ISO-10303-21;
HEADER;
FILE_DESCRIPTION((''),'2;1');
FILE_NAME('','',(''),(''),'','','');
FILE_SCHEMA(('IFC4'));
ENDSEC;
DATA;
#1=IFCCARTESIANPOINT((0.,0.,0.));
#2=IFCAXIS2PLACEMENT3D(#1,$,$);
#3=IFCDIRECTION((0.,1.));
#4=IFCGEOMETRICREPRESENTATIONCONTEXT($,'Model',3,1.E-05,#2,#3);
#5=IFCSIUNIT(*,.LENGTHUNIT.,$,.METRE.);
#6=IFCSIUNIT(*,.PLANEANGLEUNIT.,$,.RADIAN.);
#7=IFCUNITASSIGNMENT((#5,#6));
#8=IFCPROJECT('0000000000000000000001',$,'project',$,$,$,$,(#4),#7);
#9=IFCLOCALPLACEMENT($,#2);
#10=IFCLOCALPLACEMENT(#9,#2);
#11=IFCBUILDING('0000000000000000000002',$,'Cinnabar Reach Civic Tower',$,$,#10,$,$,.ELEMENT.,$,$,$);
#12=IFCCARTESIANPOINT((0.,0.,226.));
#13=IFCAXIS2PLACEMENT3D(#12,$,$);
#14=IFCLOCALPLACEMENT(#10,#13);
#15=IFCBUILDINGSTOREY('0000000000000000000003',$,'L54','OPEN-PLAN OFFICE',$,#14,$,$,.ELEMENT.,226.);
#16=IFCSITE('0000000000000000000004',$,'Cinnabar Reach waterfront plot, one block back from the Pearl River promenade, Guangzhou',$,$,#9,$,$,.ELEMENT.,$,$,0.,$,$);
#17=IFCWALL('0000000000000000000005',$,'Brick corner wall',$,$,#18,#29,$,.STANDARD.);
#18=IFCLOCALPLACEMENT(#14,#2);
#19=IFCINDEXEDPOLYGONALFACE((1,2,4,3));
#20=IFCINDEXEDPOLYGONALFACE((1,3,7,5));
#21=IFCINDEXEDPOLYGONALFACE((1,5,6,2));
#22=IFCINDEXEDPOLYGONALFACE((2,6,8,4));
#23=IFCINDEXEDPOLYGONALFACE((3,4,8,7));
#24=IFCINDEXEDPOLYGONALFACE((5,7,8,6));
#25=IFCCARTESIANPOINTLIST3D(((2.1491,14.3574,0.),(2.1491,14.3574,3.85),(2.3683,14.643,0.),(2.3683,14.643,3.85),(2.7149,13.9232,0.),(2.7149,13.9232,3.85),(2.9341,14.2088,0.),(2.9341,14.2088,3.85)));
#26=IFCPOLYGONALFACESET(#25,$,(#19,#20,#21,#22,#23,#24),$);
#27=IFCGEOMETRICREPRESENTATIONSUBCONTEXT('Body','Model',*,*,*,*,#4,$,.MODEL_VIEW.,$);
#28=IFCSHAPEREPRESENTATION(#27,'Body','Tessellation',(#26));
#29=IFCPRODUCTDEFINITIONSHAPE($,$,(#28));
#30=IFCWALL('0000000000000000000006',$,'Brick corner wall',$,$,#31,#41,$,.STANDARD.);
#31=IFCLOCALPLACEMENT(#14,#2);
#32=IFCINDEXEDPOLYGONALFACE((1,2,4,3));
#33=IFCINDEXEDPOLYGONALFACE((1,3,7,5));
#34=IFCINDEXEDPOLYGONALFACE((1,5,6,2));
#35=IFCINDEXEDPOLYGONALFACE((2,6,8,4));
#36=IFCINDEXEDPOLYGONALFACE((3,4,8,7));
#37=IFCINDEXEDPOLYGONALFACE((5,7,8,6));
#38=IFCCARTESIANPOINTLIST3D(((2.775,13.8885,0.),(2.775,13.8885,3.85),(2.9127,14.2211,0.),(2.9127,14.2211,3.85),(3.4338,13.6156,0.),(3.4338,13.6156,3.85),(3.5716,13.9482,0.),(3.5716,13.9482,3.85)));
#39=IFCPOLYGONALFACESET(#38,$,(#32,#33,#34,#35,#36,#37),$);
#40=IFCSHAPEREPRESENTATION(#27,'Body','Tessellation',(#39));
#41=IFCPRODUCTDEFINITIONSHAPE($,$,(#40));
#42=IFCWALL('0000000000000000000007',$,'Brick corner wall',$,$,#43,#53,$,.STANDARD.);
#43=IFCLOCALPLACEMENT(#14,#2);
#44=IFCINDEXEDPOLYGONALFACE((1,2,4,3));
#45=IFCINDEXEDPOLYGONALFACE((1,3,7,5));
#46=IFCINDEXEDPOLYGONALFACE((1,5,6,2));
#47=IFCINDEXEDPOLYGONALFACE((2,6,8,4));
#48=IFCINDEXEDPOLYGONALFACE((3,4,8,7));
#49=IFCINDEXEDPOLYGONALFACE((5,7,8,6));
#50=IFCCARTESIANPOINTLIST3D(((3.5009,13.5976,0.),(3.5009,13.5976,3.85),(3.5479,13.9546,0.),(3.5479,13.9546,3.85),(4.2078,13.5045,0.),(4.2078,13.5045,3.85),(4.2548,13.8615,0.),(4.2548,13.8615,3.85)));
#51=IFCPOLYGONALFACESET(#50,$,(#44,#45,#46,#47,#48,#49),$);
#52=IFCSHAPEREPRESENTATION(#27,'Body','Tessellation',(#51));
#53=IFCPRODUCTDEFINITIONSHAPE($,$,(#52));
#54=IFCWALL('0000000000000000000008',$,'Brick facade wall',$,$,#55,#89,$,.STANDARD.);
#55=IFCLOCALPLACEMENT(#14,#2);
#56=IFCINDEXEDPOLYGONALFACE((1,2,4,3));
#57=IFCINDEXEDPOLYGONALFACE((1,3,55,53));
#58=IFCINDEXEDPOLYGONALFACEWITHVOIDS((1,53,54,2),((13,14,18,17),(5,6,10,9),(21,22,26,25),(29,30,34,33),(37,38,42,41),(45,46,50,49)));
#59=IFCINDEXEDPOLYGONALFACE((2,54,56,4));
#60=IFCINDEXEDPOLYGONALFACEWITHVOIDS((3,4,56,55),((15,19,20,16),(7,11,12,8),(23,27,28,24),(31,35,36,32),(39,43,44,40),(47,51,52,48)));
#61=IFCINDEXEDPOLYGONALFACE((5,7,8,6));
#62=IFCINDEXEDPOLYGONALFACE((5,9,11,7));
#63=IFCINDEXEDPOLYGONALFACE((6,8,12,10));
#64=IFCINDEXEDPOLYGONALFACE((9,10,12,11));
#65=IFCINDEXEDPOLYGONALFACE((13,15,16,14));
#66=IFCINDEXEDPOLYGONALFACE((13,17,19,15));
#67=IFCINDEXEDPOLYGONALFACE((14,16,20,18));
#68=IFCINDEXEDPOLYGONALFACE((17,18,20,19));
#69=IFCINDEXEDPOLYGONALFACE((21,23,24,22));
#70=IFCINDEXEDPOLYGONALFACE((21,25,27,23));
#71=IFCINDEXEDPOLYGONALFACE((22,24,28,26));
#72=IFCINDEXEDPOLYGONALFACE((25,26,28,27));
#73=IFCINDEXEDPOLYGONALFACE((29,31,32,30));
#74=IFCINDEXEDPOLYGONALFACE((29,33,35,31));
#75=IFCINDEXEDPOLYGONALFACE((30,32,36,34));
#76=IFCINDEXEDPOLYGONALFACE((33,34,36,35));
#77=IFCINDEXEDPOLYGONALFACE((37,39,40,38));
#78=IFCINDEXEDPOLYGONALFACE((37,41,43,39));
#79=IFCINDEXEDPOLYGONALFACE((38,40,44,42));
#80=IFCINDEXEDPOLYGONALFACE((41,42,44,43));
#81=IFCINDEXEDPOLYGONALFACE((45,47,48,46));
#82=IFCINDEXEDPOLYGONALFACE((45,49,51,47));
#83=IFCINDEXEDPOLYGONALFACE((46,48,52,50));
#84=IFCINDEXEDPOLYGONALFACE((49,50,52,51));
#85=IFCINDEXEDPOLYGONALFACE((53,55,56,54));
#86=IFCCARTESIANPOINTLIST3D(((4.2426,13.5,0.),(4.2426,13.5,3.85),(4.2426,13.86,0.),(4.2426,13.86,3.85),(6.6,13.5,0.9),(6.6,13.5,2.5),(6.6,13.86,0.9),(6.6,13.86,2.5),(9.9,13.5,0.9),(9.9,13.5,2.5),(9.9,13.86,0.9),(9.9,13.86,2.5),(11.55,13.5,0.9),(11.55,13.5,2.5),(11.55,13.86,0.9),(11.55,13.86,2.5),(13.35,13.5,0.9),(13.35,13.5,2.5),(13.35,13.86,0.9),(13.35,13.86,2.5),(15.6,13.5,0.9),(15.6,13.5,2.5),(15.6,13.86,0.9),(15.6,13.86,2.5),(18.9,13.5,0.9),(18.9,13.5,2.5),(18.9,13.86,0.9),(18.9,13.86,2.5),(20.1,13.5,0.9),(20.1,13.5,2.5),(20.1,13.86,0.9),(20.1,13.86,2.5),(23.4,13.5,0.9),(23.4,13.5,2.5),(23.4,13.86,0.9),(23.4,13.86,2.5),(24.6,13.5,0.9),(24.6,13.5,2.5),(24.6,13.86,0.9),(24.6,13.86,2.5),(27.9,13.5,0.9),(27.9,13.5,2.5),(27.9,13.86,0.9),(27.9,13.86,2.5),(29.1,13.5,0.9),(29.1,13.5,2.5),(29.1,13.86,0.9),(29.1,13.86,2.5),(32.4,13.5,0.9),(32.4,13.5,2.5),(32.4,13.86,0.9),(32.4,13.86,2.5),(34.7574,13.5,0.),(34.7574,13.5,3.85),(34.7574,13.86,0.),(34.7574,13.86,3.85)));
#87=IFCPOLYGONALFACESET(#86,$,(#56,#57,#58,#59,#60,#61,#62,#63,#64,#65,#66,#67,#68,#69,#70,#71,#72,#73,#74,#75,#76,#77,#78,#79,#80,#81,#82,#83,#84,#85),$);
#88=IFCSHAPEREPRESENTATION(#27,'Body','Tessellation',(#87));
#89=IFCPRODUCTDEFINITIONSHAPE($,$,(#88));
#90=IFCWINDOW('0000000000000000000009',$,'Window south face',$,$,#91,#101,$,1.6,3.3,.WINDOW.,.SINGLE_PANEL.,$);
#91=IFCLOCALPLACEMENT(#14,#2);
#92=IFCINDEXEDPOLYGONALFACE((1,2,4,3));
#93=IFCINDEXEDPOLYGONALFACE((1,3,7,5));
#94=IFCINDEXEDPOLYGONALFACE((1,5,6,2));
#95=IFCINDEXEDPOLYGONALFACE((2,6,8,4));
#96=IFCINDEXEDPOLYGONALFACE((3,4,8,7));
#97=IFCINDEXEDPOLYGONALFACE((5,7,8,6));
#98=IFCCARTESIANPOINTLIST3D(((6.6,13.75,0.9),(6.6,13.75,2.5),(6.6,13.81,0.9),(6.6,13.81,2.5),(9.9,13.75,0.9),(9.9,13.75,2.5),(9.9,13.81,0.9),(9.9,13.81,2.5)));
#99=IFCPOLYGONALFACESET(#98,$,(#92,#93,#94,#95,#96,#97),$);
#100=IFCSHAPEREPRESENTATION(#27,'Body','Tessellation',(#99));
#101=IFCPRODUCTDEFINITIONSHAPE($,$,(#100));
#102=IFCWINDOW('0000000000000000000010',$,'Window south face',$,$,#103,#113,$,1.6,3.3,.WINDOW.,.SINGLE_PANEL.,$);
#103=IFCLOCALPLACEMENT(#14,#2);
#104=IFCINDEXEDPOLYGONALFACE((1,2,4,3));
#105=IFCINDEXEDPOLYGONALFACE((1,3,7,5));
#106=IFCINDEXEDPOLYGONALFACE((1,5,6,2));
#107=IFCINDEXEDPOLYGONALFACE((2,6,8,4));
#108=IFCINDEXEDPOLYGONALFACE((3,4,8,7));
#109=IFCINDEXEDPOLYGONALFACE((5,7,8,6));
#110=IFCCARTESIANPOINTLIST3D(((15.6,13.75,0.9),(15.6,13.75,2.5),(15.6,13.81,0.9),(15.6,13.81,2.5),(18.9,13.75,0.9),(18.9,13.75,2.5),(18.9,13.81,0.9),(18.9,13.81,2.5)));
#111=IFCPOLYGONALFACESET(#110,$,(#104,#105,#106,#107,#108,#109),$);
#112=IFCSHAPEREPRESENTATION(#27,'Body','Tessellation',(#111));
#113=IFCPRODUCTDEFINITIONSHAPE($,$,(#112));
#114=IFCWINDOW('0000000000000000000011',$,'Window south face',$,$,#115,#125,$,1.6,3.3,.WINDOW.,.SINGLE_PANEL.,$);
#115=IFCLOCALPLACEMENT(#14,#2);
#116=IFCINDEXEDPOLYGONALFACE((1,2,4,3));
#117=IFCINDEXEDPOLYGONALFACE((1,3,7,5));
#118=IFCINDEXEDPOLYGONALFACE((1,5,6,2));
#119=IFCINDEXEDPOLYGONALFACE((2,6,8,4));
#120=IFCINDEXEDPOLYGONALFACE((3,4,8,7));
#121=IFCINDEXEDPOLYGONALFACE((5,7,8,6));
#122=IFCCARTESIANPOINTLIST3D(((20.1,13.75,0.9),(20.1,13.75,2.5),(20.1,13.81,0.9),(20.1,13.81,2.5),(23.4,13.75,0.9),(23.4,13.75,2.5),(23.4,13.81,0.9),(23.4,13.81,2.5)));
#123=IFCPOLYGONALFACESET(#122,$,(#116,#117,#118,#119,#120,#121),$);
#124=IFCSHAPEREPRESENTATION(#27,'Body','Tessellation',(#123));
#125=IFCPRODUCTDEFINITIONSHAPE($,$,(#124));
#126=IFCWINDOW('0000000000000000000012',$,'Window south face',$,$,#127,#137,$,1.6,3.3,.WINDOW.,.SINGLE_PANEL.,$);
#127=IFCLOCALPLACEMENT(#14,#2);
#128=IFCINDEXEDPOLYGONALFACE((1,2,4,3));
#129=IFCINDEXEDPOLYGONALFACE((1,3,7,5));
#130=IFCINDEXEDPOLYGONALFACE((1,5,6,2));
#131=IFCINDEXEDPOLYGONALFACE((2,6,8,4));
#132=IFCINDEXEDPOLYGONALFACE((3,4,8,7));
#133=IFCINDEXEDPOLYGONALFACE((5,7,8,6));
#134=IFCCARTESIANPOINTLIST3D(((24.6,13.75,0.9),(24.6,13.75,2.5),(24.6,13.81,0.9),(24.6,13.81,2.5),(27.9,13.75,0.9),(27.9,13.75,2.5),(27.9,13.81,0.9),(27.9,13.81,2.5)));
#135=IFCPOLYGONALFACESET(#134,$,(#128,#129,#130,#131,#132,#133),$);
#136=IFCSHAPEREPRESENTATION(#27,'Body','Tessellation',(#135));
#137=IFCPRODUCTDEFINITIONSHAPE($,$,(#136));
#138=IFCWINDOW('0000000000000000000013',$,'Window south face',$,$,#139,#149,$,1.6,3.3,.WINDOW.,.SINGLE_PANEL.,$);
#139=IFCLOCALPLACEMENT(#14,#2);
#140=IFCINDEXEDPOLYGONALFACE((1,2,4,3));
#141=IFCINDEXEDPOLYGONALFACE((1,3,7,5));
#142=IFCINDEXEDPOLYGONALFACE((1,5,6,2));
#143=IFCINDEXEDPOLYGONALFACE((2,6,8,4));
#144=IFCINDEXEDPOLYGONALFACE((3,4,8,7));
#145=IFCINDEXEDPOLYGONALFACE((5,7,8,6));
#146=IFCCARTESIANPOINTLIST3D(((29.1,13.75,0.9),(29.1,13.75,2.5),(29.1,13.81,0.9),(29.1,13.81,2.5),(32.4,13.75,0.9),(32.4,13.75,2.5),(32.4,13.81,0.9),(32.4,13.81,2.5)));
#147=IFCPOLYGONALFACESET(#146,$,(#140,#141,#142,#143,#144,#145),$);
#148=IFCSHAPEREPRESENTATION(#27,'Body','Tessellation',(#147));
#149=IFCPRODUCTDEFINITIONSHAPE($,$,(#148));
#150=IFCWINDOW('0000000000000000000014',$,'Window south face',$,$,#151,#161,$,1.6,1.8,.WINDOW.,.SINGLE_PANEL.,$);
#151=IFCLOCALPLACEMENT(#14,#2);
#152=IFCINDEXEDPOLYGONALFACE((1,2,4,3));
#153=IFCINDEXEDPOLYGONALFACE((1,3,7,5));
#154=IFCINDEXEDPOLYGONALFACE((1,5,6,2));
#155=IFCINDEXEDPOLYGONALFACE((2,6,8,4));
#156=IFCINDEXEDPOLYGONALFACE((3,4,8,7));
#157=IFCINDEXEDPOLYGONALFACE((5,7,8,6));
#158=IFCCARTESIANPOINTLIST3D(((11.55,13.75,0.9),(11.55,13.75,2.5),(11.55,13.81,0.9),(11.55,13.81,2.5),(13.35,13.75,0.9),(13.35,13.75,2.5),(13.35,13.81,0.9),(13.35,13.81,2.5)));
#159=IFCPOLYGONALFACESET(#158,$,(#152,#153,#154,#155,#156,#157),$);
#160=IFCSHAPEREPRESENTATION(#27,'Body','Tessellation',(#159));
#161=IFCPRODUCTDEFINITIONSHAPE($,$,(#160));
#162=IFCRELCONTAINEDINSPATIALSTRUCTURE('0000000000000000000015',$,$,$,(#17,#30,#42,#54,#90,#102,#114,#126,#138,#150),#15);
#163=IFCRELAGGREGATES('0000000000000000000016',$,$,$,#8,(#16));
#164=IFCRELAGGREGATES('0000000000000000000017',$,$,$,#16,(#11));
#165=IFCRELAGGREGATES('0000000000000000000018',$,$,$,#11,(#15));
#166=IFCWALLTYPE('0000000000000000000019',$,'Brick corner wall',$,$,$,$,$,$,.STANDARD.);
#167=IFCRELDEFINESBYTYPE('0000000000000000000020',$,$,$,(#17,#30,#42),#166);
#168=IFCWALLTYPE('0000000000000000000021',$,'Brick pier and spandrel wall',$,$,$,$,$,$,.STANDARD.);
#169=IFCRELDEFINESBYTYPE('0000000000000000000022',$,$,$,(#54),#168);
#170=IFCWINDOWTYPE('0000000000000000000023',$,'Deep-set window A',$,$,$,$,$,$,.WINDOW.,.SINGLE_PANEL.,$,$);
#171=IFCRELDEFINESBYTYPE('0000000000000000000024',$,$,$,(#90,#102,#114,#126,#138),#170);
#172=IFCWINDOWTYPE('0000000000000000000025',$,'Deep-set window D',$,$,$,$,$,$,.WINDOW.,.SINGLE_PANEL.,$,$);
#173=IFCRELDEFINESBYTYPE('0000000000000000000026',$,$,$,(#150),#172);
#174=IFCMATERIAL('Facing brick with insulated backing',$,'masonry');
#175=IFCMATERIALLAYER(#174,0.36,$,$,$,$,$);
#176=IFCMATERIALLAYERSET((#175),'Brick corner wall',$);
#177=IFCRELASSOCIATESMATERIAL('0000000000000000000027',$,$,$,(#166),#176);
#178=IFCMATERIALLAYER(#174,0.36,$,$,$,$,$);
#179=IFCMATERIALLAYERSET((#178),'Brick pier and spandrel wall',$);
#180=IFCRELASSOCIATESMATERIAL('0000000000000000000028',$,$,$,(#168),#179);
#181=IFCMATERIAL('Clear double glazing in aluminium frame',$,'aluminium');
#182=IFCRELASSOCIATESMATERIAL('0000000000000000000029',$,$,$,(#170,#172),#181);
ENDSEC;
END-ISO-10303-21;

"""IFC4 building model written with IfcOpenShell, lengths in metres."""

from ifc_helpers import new_model, si_unit, direction, frame, frame_2d, origin, place, context, subcontext, project, spatial, rectangle, extrude, material, layer, layer_set, type_object, element, fill, save


model = new_model("IFC4")

# Units and contexts
model_context = context("Model", 3, precision=1e-05, world=origin(), true_north=direction((0.0, 1.0)))
body_context = subcontext(model_context, "Body", "Model", "MODEL_VIEW")
ifc_project = project(units=[si_unit("LENGTHUNIT", "METRE"), si_unit("PLANEANGLEUNIT", "RADIAN")], contexts=[model_context])

# Site, building, storey
site_placement = place(None, origin())
site = spatial("IfcSite", under=ifc_project, at=site_placement, Name="Cinnabar Reach waterfront plot, one block back from the Pearl River promenade, Guangzhou", CompositionType="ELEMENT", RefElevation=0.0)
building_placement = place(site_placement, origin())
building = spatial("IfcBuilding", under=site, at=building_placement, Name="Cinnabar Reach Civic Tower", CompositionType="ELEMENT")
storey_placement = place(building_placement, frame((0.0, 0.0, 226.0)))
storey = spatial("IfcBuildingStorey", under=building, at=storey_placement, Name="L54", Description="OPEN-PLAN OFFICE", CompositionType="ELEMENT", Elevation=226.0)

# Walls
ifc_material_1 = material(Name="Facing brick with insulated backing", Category="masonry")
ifc_layer_1 = layer(ifc_material_1, 0.36)
ifc_layer_set_1 = layer_set([ifc_layer_1], Name="Brick corner wall")
wall_type_1 = type_object("IfcWallType", Name="Brick corner wall", PredefinedType="STANDARD", material=ifc_layer_set_1)
wall_1_placement = place(storey_placement, frame((2.2587, 14.5002, 0.0), z_axis=(0.0, 0.0, 1.0), x_axis=(0.793322, -0.608802, 0.0)))
element("IfcWall", 1, at=wall_1_placement, inside=storey, type_object=wall_type_1, Name="Brick corner wall", PredefinedType="STANDARD", context=body_context, shape_type="SweptSolid", body=[
    extrude(rectangle(XDim=0.7132, YDim=0.36, at=frame_2d((0.3566, 0.0))), origin(), (0.0, 0.0, 1.0), 3.85),
])
for number, where, z_axis, x_axis, name in (
    (2, (2.8439, 14.0548, 0.0), (0.0, 0.0, 1.0), (0.923872, -0.382703, 0.0), "Brick corner wall"),
    (3, (3.5244, 13.7761, 0.0), (0.0, 0.0, 1.0), (0.991441, -0.130556, 0.0), "Brick corner wall"),
):
    element("IfcWall", number, at=place(storey_placement, frame(where, z_axis=z_axis, x_axis=x_axis)), inside=storey, type_object=wall_type_1, Name=name, PredefinedType="STANDARD", context=body_context, shape_type="SweptSolid", body=[
        extrude(rectangle(XDim=0.7131, YDim=0.36, at=frame_2d((0.3565, 0.0))), origin(), (0.0, 0.0, 1.0), 3.85),
    ])

# Wall, openings, windows
ifc_layer_2 = layer(ifc_material_1, 0.36)
ifc_layer_set_2 = layer_set([ifc_layer_2], Name="Brick pier and spandrel wall")
wall_type_2 = type_object("IfcWallType", Name="Brick pier and spandrel wall", PredefinedType="STANDARD", material=ifc_layer_set_2)
wall_2_placement = place(storey_placement, frame((4.2426, 13.68, 0.0), z_axis=(0.0, 0.0, 1.0), x_axis=(1.0, 0.0, 0.0)))
wall_2 = element("IfcWall", 4, at=wall_2_placement, inside=storey, type_object=wall_type_2, Name="Brick facade wall", PredefinedType="STANDARD", context=body_context, shape_type="SweptSolid", body=[
    extrude(rectangle(XDim=30.5148, YDim=0.36, at=frame_2d((15.2574, 0.0))), origin(), (0.0, 0.0, 1.0), 3.85),
])
opening_1_placement = place(wall_2_placement, frame((2.3574, 0.0, 0.9)))
opening_1 = element("IfcOpeningElement", 5, at=opening_1_placement, cuts=wall_2, PredefinedType="OPENING", context=body_context, shape_type="SweptSolid", body=[
    extrude(rectangle(XDim=3.3, YDim=1.6, at=frame_2d((1.65, 0.8))), frame((0.0, 0.19, 0.0), z_axis=(0.0, -1.0, 0.0), x_axis=(1.0, 0.0, 0.0)), (0.0, 0.0, 1.0), 0.38),
])
opening_2_placement = place(wall_2_placement, frame((7.3074, 0.0, 0.9)))
opening_2 = element("IfcOpeningElement", 6, at=opening_2_placement, cuts=wall_2, PredefinedType="OPENING", context=body_context, shape_type="SweptSolid", body=[
    extrude(rectangle(XDim=1.8, YDim=1.6, at=frame_2d((0.9, 0.8))), frame((0.0, 0.19, 0.0), z_axis=(0.0, -1.0, 0.0), x_axis=(1.0, 0.0, 0.0)), (0.0, 0.0, 1.0), 0.38),
])
opening_3_placement = place(wall_2_placement, frame((11.3574, 0.0, 0.9)))
opening_3 = element("IfcOpeningElement", 7, at=opening_3_placement, cuts=wall_2, PredefinedType="OPENING", context=body_context, shape_type="SweptSolid", body=[
    extrude(rectangle(XDim=3.3, YDim=1.6, at=frame_2d((1.65, 0.8))), frame((0.0, 0.19, 0.0), z_axis=(0.0, -1.0, 0.0), x_axis=(1.0, 0.0, 0.0)), (0.0, 0.0, 1.0), 0.38),
])
opening_4_placement = place(wall_2_placement, frame((15.8574, 0.0, 0.9)))
opening_4 = element("IfcOpeningElement", 8, at=opening_4_placement, cuts=wall_2, PredefinedType="OPENING", context=body_context, shape_type="SweptSolid", body=[
    extrude(rectangle(XDim=3.3, YDim=1.6, at=frame_2d((1.65, 0.8))), frame((0.0, 0.19, 0.0), z_axis=(0.0, -1.0, 0.0), x_axis=(1.0, 0.0, 0.0)), (0.0, 0.0, 1.0), 0.38),
])
opening_5_placement = place(wall_2_placement, frame((20.3574, 0.0, 0.9)))
opening_5 = element("IfcOpeningElement", 9, at=opening_5_placement, cuts=wall_2, PredefinedType="OPENING", context=body_context, shape_type="SweptSolid", body=[
    extrude(rectangle(XDim=3.3, YDim=1.6, at=frame_2d((1.65, 0.8))), frame((0.0, 0.19, 0.0), z_axis=(0.0, -1.0, 0.0), x_axis=(1.0, 0.0, 0.0)), (0.0, 0.0, 1.0), 0.38),
])
opening_6_placement = place(wall_2_placement, frame((24.8574, 0.0, 0.9)))
opening_6 = element("IfcOpeningElement", 10, at=opening_6_placement, cuts=wall_2, PredefinedType="OPENING", context=body_context, shape_type="SweptSolid", body=[
    extrude(rectangle(XDim=3.3, YDim=1.6, at=frame_2d((1.65, 0.8))), frame((0.0, 0.19, 0.0), z_axis=(0.0, -1.0, 0.0), x_axis=(1.0, 0.0, 0.0)), (0.0, 0.0, 1.0), 0.38),
])
ifc_material_2 = material(Name="Clear double glazing in aluminium frame", Category="aluminium")
window_type_1 = type_object("IfcWindowType", Name="Deep-set window A", PartitioningType="SINGLE_PANEL", PredefinedType="WINDOW", material=ifc_material_2)
window_1_placement = place(opening_1_placement, origin())
window_1 = element("IfcWindow", 11, at=window_1_placement, inside=storey, type_object=window_type_1, Name="Window south face", OverallHeight=1.6, OverallWidth=3.3, PartitioningType="SINGLE_PANEL", PredefinedType="WINDOW", context=body_context, shape_type="SweptSolid", body=[
    extrude(rectangle(XDim=3.3, YDim=1.6, at=frame_2d((1.65, 0.8))), frame((0.0, 0.13, 0.0), z_axis=(0.0, -1.0, 0.0), x_axis=(1.0, 0.0, 0.0)), (0.0, 0.0, 1.0), 0.06),
])
fill(opening_1, window_1)
window_2_placement = place(opening_3_placement, origin())
window_2 = element("IfcWindow", 12, at=window_2_placement, inside=storey, type_object=window_type_1, Name="Window south face", OverallHeight=1.6, OverallWidth=3.3, PartitioningType="SINGLE_PANEL", PredefinedType="WINDOW", context=body_context, shape_type="SweptSolid", body=[
    extrude(rectangle(XDim=3.3, YDim=1.6, at=frame_2d((1.65, 0.8))), frame((0.0, 0.13, 0.0), z_axis=(0.0, -1.0, 0.0), x_axis=(1.0, 0.0, 0.0)), (0.0, 0.0, 1.0), 0.06),
])
fill(opening_3, window_2)
window_3_placement = place(opening_4_placement, origin())
window_3 = element("IfcWindow", 13, at=window_3_placement, inside=storey, type_object=window_type_1, Name="Window south face", OverallHeight=1.6, OverallWidth=3.3, PartitioningType="SINGLE_PANEL", PredefinedType="WINDOW", context=body_context, shape_type="SweptSolid", body=[
    extrude(rectangle(XDim=3.3, YDim=1.6, at=frame_2d((1.65, 0.8))), frame((0.0, 0.13, 0.0), z_axis=(0.0, -1.0, 0.0), x_axis=(1.0, 0.0, 0.0)), (0.0, 0.0, 1.0), 0.06),
])
fill(opening_4, window_3)
window_4_placement = place(opening_5_placement, origin())
window_4 = element("IfcWindow", 14, at=window_4_placement, inside=storey, type_object=window_type_1, Name="Window south face", OverallHeight=1.6, OverallWidth=3.3, PartitioningType="SINGLE_PANEL", PredefinedType="WINDOW", context=body_context, shape_type="SweptSolid", body=[
    extrude(rectangle(XDim=3.3, YDim=1.6, at=frame_2d((1.65, 0.8))), frame((0.0, 0.13, 0.0), z_axis=(0.0, -1.0, 0.0), x_axis=(1.0, 0.0, 0.0)), (0.0, 0.0, 1.0), 0.06),
])
fill(opening_5, window_4)
window_5_placement = place(opening_6_placement, origin())
window_5 = element("IfcWindow", 15, at=window_5_placement, inside=storey, type_object=window_type_1, Name="Window south face", OverallHeight=1.6, OverallWidth=3.3, PartitioningType="SINGLE_PANEL", PredefinedType="WINDOW", context=body_context, shape_type="SweptSolid", body=[
    extrude(rectangle(XDim=3.3, YDim=1.6, at=frame_2d((1.65, 0.8))), frame((0.0, 0.13, 0.0), z_axis=(0.0, -1.0, 0.0), x_axis=(1.0, 0.0, 0.0)), (0.0, 0.0, 1.0), 0.06),
])
fill(opening_6, window_5)
window_type_2 = type_object("IfcWindowType", Name="Deep-set window D", PartitioningType="SINGLE_PANEL", PredefinedType="WINDOW", material=ifc_material_2)
window_6_placement = place(opening_2_placement, origin())
window_6 = element("IfcWindow", 16, at=window_6_placement, inside=storey, type_object=window_type_2, Name="Window south face", OverallHeight=1.6, OverallWidth=1.8, PartitioningType="SINGLE_PANEL", PredefinedType="WINDOW", context=body_context, shape_type="SweptSolid", body=[
    extrude(rectangle(XDim=1.8, YDim=1.6, at=frame_2d((0.9, 0.8))), frame((0.0, 0.13, 0.0), z_axis=(0.0, -1.0, 0.0), x_axis=(1.0, 0.0, 0.0)), (0.0, 0.0, 1.0), 0.06),
])
fill(opening_2, window_6)

save(model, "model.ifc")
